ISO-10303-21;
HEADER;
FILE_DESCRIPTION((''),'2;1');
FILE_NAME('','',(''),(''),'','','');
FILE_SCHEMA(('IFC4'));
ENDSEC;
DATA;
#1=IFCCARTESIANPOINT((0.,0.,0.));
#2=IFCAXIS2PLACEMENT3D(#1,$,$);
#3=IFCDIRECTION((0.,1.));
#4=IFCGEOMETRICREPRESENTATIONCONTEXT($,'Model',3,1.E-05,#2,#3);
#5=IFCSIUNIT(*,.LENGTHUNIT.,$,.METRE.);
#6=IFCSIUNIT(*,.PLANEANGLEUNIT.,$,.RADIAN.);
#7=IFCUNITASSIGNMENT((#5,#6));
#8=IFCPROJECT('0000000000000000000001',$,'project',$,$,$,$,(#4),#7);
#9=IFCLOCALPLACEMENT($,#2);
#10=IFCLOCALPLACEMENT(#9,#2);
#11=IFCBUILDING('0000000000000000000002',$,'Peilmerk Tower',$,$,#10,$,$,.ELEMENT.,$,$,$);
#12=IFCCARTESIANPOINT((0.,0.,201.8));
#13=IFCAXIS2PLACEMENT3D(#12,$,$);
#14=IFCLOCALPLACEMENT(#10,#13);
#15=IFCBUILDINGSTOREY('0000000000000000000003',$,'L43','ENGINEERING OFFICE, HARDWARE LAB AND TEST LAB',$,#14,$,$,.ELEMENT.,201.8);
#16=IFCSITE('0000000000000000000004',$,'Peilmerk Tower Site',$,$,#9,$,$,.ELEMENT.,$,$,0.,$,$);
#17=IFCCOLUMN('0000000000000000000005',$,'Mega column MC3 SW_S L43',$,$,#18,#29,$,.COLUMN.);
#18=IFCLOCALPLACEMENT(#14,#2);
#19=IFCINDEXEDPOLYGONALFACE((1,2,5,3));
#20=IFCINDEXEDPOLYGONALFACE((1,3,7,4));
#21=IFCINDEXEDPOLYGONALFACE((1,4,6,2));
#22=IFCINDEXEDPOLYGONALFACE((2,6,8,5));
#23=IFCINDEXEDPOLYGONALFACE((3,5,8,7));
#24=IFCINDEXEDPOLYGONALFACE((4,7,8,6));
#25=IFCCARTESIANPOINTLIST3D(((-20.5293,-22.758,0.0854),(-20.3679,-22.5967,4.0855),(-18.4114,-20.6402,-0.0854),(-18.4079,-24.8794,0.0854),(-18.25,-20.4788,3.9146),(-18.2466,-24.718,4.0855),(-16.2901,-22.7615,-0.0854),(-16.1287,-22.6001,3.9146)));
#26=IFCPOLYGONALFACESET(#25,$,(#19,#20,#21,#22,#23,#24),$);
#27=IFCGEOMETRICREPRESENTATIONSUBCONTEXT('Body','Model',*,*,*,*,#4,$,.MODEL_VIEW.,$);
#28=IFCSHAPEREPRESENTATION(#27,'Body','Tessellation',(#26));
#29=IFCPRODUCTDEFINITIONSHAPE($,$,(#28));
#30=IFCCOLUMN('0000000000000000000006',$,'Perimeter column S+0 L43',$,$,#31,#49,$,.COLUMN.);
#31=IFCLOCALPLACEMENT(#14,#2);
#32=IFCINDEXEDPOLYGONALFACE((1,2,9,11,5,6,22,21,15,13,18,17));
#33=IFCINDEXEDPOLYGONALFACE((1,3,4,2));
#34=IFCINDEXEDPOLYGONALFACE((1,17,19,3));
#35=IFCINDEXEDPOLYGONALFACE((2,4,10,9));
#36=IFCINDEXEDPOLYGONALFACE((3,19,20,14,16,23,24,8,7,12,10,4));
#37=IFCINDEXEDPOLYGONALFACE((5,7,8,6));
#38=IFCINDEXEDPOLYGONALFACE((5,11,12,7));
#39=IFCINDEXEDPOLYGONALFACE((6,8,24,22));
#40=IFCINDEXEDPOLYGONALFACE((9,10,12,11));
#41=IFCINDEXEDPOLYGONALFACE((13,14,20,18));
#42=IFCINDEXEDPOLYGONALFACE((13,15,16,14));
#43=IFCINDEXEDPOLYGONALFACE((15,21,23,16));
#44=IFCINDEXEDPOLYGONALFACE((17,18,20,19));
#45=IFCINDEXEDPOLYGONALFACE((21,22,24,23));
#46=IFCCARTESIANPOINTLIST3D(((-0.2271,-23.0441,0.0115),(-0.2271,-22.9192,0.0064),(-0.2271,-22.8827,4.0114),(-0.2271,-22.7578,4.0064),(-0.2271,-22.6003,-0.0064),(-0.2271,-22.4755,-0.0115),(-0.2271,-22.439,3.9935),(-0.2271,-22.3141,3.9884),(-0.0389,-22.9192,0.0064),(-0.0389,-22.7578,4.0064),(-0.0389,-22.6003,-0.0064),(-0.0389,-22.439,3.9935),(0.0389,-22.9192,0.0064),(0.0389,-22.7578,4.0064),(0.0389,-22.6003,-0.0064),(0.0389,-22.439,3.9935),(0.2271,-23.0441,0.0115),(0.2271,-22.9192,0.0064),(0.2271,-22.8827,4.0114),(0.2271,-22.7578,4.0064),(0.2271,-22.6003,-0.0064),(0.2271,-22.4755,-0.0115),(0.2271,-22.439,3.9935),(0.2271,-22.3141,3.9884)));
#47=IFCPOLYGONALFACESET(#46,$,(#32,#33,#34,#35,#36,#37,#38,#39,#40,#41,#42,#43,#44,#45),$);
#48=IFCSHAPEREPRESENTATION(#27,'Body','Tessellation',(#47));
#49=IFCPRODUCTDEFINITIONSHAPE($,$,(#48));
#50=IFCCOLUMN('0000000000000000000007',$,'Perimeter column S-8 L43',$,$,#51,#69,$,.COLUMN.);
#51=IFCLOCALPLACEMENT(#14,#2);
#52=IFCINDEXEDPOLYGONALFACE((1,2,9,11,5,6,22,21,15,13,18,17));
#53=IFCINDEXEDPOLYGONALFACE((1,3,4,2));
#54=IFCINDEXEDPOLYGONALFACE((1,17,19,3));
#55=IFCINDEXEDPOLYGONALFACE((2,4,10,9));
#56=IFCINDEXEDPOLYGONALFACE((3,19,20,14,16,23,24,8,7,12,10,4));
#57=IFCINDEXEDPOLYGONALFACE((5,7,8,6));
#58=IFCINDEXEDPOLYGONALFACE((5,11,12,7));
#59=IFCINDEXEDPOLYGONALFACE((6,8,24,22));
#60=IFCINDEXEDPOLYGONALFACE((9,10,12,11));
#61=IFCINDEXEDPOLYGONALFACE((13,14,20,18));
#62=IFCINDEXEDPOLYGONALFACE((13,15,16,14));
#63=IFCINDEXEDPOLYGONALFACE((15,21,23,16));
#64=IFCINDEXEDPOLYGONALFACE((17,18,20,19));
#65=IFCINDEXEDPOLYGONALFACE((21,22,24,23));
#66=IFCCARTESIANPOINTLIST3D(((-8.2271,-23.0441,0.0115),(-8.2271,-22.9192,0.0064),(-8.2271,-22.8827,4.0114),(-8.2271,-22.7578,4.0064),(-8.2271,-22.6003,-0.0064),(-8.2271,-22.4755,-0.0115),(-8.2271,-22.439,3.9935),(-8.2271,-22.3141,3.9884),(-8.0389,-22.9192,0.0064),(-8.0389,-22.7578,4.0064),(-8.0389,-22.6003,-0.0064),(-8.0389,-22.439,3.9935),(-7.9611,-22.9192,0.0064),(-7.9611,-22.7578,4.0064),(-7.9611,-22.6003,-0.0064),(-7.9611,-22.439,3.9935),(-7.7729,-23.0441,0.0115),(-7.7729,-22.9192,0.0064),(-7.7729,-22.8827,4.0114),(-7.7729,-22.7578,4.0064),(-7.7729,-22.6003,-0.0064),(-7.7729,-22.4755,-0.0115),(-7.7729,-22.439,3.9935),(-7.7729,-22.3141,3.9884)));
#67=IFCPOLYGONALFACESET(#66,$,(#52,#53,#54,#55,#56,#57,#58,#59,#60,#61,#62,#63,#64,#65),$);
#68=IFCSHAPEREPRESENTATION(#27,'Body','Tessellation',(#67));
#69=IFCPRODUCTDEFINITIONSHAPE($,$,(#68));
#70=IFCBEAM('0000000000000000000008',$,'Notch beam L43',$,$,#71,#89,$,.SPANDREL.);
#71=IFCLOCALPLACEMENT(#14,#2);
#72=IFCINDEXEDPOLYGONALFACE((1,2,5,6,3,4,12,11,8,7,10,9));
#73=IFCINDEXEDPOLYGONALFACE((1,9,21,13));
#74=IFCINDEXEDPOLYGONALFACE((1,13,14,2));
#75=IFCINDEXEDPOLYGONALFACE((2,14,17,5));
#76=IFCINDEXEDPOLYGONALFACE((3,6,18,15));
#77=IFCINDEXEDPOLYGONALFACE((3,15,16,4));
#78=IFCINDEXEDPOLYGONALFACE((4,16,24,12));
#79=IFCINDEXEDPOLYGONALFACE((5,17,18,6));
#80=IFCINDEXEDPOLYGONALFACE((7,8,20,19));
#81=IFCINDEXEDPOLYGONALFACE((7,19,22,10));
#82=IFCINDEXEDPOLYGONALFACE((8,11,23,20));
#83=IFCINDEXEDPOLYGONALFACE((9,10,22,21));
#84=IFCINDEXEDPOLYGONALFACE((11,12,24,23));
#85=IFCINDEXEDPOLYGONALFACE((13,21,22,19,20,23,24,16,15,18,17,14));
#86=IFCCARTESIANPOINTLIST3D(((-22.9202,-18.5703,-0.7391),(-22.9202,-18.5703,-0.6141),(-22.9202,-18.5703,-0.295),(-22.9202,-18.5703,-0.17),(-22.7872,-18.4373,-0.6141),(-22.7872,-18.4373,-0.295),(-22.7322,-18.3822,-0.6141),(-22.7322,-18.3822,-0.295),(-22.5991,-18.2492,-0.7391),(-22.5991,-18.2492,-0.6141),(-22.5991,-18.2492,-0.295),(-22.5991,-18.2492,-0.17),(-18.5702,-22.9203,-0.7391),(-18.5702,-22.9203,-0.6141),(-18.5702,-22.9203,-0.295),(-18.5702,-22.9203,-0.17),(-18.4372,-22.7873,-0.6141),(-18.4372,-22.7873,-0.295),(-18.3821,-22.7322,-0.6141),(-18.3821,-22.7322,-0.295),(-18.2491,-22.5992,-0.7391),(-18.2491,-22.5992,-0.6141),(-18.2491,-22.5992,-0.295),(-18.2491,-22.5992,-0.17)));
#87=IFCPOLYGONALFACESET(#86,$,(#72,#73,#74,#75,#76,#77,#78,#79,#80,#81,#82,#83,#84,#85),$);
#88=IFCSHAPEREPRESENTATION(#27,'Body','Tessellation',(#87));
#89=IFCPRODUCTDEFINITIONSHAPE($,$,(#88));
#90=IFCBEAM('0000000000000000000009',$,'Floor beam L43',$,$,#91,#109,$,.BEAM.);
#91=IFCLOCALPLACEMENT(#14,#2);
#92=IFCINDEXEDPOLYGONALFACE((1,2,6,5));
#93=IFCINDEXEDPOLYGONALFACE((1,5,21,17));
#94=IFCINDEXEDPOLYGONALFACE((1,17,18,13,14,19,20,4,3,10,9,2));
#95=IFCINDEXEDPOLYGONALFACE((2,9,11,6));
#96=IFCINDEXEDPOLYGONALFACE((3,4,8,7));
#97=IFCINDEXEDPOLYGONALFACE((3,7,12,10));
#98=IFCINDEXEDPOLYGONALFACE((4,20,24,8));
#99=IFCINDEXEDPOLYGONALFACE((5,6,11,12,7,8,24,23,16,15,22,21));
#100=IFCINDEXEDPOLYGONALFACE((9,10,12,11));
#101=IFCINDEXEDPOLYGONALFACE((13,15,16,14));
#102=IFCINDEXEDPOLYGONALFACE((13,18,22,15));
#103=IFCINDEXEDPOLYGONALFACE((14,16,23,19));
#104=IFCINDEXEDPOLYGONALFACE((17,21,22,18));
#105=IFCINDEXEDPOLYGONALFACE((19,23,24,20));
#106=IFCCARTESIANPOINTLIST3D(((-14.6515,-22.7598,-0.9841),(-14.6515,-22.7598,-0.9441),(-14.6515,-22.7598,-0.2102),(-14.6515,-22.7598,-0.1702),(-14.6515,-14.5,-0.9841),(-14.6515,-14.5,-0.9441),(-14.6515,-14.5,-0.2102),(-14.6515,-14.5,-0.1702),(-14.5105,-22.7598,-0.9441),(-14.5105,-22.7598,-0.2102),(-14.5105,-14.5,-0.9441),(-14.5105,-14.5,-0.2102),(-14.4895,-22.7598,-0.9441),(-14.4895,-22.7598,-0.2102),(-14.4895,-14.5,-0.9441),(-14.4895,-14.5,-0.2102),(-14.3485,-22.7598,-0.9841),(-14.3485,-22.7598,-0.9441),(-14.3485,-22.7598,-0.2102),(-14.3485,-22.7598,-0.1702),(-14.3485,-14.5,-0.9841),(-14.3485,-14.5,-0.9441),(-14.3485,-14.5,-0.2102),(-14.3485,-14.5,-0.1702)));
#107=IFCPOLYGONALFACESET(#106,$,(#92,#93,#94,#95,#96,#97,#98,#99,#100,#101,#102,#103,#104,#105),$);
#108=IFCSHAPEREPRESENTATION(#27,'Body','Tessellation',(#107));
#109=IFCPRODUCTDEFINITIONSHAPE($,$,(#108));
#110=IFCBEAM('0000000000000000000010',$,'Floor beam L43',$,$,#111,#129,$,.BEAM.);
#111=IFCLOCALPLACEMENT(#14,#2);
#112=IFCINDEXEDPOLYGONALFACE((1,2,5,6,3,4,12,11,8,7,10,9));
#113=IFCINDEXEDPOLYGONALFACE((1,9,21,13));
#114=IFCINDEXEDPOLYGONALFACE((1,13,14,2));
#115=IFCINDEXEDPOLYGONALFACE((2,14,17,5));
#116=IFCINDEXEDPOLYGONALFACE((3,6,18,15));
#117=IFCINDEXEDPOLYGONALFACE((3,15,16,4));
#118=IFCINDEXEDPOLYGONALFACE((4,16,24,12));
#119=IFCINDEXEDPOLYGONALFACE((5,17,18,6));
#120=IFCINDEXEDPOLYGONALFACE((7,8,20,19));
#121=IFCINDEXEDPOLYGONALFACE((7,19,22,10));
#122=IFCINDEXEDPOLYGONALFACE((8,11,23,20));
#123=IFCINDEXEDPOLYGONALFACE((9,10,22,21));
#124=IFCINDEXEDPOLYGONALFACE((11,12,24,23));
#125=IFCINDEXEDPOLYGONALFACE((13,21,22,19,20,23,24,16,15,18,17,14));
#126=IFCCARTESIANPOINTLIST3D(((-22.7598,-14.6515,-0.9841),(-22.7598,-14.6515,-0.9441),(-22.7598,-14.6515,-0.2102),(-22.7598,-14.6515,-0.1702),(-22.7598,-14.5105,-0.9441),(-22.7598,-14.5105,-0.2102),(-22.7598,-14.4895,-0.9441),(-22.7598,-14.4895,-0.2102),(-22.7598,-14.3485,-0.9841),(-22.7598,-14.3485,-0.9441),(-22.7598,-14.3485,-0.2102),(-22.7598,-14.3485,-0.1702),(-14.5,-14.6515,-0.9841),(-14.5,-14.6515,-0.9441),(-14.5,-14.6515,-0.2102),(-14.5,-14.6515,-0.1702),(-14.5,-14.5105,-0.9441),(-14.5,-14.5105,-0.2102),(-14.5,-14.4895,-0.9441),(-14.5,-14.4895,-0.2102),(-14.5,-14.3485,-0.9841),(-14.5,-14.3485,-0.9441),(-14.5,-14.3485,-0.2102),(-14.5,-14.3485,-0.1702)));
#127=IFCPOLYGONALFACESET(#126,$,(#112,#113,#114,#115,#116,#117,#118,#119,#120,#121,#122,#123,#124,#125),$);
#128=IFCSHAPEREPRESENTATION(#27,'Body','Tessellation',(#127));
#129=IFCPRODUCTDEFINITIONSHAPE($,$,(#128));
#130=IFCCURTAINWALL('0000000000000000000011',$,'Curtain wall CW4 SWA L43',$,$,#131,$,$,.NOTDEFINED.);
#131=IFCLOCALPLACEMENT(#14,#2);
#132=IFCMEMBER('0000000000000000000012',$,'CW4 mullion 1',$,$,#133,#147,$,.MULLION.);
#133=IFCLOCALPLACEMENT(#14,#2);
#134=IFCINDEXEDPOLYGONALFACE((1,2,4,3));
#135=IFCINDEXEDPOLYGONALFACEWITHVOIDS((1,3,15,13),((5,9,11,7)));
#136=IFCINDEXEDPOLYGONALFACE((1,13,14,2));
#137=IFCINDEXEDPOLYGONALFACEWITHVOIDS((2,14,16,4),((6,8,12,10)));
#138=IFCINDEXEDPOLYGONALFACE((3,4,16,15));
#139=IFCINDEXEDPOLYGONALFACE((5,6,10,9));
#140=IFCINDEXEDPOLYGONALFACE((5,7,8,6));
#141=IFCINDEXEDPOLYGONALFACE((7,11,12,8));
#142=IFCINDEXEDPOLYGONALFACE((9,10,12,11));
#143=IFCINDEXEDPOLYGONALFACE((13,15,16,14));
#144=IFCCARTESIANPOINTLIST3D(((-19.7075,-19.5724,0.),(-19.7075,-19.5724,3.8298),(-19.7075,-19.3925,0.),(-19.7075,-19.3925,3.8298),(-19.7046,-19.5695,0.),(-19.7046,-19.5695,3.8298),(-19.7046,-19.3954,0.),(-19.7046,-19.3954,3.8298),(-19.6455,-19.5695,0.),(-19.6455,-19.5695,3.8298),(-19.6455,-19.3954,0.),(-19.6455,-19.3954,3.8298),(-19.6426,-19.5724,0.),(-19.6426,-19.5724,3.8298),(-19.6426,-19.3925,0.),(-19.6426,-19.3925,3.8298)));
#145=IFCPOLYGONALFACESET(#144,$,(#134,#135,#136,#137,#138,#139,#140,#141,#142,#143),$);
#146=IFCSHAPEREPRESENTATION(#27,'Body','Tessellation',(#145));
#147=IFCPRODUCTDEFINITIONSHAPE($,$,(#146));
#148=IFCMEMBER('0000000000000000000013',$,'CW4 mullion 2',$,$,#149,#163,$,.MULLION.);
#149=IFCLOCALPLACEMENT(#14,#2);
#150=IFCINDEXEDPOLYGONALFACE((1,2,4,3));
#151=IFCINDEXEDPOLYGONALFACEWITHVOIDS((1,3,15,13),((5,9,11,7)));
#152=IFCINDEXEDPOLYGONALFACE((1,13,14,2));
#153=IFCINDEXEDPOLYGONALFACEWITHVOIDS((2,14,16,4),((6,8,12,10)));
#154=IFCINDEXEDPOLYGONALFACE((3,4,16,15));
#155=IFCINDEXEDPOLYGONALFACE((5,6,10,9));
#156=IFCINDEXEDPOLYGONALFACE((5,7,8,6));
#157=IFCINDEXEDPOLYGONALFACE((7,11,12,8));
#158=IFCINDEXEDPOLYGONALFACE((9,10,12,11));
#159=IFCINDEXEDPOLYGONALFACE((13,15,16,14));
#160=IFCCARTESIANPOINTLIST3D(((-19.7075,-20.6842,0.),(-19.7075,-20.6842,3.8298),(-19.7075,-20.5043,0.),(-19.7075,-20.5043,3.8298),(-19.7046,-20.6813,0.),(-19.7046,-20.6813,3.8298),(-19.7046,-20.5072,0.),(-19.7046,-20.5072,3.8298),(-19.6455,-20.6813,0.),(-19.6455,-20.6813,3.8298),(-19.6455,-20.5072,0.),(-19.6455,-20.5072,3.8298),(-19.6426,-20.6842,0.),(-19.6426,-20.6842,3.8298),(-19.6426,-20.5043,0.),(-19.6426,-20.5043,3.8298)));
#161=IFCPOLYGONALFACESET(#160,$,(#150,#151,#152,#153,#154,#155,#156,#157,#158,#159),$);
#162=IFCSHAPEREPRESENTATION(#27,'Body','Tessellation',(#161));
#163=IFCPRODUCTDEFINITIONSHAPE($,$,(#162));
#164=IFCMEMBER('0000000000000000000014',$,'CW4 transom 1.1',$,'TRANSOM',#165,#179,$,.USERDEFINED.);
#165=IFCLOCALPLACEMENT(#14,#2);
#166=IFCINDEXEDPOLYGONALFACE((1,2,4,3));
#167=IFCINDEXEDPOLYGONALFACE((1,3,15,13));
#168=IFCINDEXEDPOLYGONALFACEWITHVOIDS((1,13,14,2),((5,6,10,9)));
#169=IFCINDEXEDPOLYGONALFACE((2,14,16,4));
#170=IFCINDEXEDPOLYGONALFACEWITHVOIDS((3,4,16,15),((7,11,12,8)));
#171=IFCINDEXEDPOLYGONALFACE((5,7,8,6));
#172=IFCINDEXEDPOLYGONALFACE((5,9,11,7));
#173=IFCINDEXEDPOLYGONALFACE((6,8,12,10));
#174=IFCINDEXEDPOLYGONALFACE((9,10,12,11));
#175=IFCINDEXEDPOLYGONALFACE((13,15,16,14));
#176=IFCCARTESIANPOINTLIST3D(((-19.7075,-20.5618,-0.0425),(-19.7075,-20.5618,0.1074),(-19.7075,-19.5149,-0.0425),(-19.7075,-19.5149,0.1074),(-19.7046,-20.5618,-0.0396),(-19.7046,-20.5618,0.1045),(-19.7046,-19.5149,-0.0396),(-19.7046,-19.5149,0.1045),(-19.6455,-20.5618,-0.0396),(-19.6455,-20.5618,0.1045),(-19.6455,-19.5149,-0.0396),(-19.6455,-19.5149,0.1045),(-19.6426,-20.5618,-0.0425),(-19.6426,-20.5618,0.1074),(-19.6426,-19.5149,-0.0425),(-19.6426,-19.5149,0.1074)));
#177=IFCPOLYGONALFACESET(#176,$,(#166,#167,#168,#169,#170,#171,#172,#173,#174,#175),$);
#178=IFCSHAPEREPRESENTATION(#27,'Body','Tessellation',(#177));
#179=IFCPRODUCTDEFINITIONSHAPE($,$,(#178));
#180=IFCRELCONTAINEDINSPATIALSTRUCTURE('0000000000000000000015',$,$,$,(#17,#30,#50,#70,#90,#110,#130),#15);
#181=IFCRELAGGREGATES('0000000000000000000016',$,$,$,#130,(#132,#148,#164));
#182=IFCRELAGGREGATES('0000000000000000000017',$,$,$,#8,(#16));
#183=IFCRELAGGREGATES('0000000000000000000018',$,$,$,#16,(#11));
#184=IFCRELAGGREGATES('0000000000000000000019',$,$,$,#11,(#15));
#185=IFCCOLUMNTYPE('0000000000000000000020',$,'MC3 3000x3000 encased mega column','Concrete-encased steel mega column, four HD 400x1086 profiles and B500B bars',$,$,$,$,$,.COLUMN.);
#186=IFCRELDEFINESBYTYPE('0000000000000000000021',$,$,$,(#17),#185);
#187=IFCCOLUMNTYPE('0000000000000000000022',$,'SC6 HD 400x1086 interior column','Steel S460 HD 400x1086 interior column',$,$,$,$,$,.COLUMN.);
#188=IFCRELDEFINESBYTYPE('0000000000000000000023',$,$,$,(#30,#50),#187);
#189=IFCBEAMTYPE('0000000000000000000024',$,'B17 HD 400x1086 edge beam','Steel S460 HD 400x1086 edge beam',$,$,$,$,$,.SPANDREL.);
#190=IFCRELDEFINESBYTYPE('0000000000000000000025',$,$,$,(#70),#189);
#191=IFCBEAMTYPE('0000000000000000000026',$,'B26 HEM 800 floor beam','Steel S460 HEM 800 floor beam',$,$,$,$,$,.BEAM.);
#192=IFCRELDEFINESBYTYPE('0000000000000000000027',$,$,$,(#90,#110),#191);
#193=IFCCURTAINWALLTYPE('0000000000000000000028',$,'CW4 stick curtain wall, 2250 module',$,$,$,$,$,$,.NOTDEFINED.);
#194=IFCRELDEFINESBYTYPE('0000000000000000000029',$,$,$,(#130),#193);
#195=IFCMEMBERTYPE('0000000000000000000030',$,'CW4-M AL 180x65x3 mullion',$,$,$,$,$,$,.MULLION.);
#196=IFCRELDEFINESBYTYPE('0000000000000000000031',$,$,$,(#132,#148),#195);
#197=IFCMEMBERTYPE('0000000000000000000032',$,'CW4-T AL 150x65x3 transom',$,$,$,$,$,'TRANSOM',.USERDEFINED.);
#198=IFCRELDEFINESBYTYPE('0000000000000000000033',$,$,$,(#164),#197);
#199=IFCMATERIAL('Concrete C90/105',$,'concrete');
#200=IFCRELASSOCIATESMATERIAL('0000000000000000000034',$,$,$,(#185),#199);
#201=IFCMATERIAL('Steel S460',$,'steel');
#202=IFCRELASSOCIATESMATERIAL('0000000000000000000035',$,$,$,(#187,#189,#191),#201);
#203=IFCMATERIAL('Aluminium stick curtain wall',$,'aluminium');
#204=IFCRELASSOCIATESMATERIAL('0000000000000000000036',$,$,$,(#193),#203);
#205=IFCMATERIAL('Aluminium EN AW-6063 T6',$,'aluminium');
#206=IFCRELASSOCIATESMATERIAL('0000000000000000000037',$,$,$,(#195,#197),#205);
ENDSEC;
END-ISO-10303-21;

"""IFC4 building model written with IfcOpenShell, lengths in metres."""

from ifc_helpers import new_model, si_unit, direction, frame, origin, origin_2d, place, context, subcontext, project, spatial, rectangle, hollow_rectangle, i_section, extrude, material, material_profile, profile_set, type_object, element, aggregate, save


model = new_model("IFC4")

# Units and contexts
model_context = context("Model", 3, precision=1e-05, world=origin(), true_north=direction((0.0, 1.0)))
body_context = subcontext(model_context, "Body", "Model", "MODEL_VIEW")
ifc_project = project(units=[si_unit("LENGTHUNIT", "METRE"), si_unit("PLANEANGLEUNIT", "RADIAN")], contexts=[model_context])

# Site, building, storey
site_placement = place(None, origin())
site = spatial("IfcSite", under=ifc_project, at=site_placement, Name="Peilmerk Tower Site", CompositionType="ELEMENT", RefElevation=0.0)
building_placement = place(site_placement, origin())
building = spatial("IfcBuilding", under=site, at=building_placement, Name="Peilmerk Tower", CompositionType="ELEMENT")
storey_placement = place(building_placement, frame((0.0, 0.0, 201.8)))
storey = spatial("IfcBuildingStorey", under=building, at=storey_placement, Name="L43", Description="ENGINEERING OFFICE, HARDWARE LAB AND TEST LAB", CompositionType="ELEMENT", Elevation=201.8)

# Columns
ifc_material_1 = material(Name="Concrete C90/105", Category="concrete")
ifc_material_profile_1 = material_profile(ifc_material_1, rectangle(XDim=3.0, YDim=3.0, at=origin_2d()), Name="RC 3000x3000")
ifc_profile_set_1 = profile_set([ifc_material_profile_1], Name="Concrete C90/105")
column_type_1 = type_object("IfcColumnType", Name="MC3 3000x3000 encased mega column", Description="Concrete-encased steel mega column, four HD 400x1086 profiles and B500B bars", PredefinedType="COLUMN", material=ifc_profile_set_1)
column_placement = place(storey_placement, frame((-18.4097, -22.7598, 0.0), z_axis=(0.040279, 0.040279, 0.998376), x_axis=(-0.707107, 0.707107, 0.0)))
element("IfcColumn", 1, at=column_placement, inside=storey, type_object=column_type_1, Name="Mega column MC3 SW_S L43", PredefinedType="COLUMN", context=body_context, shape_type="SweptSolid", body=[
    extrude(rectangle(XDim=3.0, YDim=3.0, at=origin_2d()), origin(), (0.0, 0.0, 1.0), 4.0066),
])
ifc_material_2 = material(Name="Steel S460", Category="steel")
ifc_material_profile_2 = material_profile(ifc_material_2, i_section(OverallWidth=0.4541, OverallDepth=0.5691, WebThickness=0.0779, FlangeThickness=0.125, at=origin_2d()), Name="HD 400x1086")
ifc_profile_set_2 = profile_set([ifc_material_profile_2], Name="Steel S460")
column_type_2 = type_object("IfcColumnType", Name="SC6 HD 400x1086 interior column", Description="Steel S460 HD 400x1086 interior column", PredefinedType="COLUMN", material=ifc_profile_set_2)
for number, where, z_axis, x_axis, name in (
    (2, (0.0, -22.7598, 0.0), (0.0, 0.040311, 0.999187), (-1.0, 0.0, 0.0), "Perimeter column S+0 L43"),
    (3, (-8.0, -22.7598, 0.0), (0.0, 0.040311, 0.999187), (-1.0, 0.0, 0.0), "Perimeter column S-8 L43"),
):
    element("IfcColumn", number, at=place(storey_placement, frame(where, z_axis=z_axis, x_axis=x_axis)), inside=storey, type_object=column_type_2, Name=name, PredefinedType="COLUMN", context=body_context, shape_type="SweptSolid", body=[
        extrude(i_section(OverallWidth=0.4541, OverallDepth=0.5691, WebThickness=0.0779, FlangeThickness=0.125, at=origin_2d()), origin(), (0.0, 0.0, 1.0), 4.0032),
    ])

# Beams
ifc_material_profile_3 = material_profile(ifc_material_2, i_section(OverallWidth=0.4541, OverallDepth=0.5691, WebThickness=0.0779, FlangeThickness=0.125, at=origin_2d()), Name="HD 400x1086")
ifc_profile_set_3 = profile_set([ifc_material_profile_3], Name="Steel S460")
beam_type_1 = type_object("IfcBeamType", Name="B17 HD 400x1086 edge beam", Description="Steel S460 HD 400x1086 edge beam", PredefinedType="SPANDREL", material=ifc_profile_set_3)
beam_placement = place(storey_placement, frame((-18.4097, -22.7598, -0.4546), z_axis=(-0.707107, 0.707107, 0.0), x_axis=(-0.707107, -0.707107, 0.0)))
element("IfcBeam", 4, at=beam_placement, inside=storey, type_object=beam_type_1, Name="Notch beam L43", PredefinedType="SPANDREL", context=body_context, shape_type="SweptSolid", body=[
    extrude(i_section(OverallWidth=0.4541, OverallDepth=0.5691, WebThickness=0.0779, FlangeThickness=0.125, at=origin_2d()), origin(), (0.0, 0.0, 1.0), 6.1519),
])
ifc_material_profile_4 = material_profile(ifc_material_2, i_section(OverallWidth=0.303, OverallDepth=0.814, WebThickness=0.021, FlangeThickness=0.04, at=origin_2d()), Name="HEM 800")
ifc_profile_set_4 = profile_set([ifc_material_profile_4], Name="Steel S460")
beam_type_2 = type_object("IfcBeamType", Name="B26 HEM 800 floor beam", Description="Steel S460 HEM 800 floor beam", PredefinedType="BEAM", material=ifc_profile_set_4)
for number, where, z_axis, x_axis, name in (
    (5, (-14.5, -14.5, -0.5771), (0.0, -1.0, 0.0), (1.0, 0.0, 0.0), "Floor beam L43"),
    (6, (-14.5, -14.5, -0.5771), (-1.0, 0.0, 0.0), (0.0, -1.0, 0.0), "Floor beam L43"),
):
    element("IfcBeam", number, at=place(storey_placement, frame(where, z_axis=z_axis, x_axis=x_axis)), inside=storey, type_object=beam_type_2, Name=name, PredefinedType="BEAM", context=body_context, shape_type="SweptSolid", body=[
        extrude(i_section(OverallWidth=0.303, OverallDepth=0.814, WebThickness=0.021, FlangeThickness=0.04, at=origin_2d()), origin(), (0.0, 0.0, 1.0), 8.2598),
    ])

# Curtain wall, members
ifc_material_3 = material(Name="Aluminium stick curtain wall", Category="aluminium")
curtain_wall_type = type_object("IfcCurtainWallType", Name="CW4 stick curtain wall, 2250 module", PredefinedType="NOTDEFINED", material=ifc_material_3)
curtain_wall_placement = place(storey_placement, origin())
curtain_wall = element("IfcCurtainWall", 7, at=curtain_wall_placement, inside=storey, type_object=curtain_wall_type, Name="Curtain wall CW4 SWA L43", PredefinedType="NOTDEFINED")
ifc_material_4 = material(Name="Aluminium EN AW-6063 T6", Category="aluminium")
ifc_material_profile_5 = material_profile(ifc_material_4, hollow_rectangle(XDim=0.0649, YDim=0.1799, WallThickness=0.0029, at=origin_2d()), Name="AL 180x65x3")
ifc_profile_set_5 = profile_set([ifc_material_profile_5], Name="Aluminium EN AW-6063 T6")
member_type_1 = type_object("IfcMemberType", Name="CW4-M AL 180x65x3 mullion", PredefinedType="MULLION", material=ifc_profile_set_5)
member_1_placement = place(storey_placement, frame((-19.675, -19.4824, 0.0), z_axis=(0.0, 0.0, 1.0), x_axis=(1.0, 0.0, 0.0)))
member_1 = element("IfcMember", 8, at=member_1_placement, type_object=member_type_1, Name="CW4 mullion 1", PredefinedType="MULLION", context=body_context, shape_type="SweptSolid", body=[
    extrude(hollow_rectangle(XDim=0.0649, YDim=0.1799, WallThickness=0.0029, at=origin_2d()), origin(), (0.0, 0.0, 1.0), 3.8298),
])
member_2_placement = place(storey_placement, frame((-19.675, -20.5942, 0.0), z_axis=(0.0, 0.0, 1.0), x_axis=(1.0, 0.0, 0.0)))
member_2 = element("IfcMember", 9, at=member_2_placement, type_object=member_type_1, Name="CW4 mullion 2", PredefinedType="MULLION", context=body_context, shape_type="SweptSolid", body=[
    extrude(hollow_rectangle(XDim=0.0649, YDim=0.1799, WallThickness=0.0029, at=origin_2d()), origin(), (0.0, 0.0, 1.0), 3.8298),
])
ifc_material_profile_6 = material_profile(ifc_material_4, hollow_rectangle(XDim=0.0649, YDim=0.1499, WallThickness=0.0029, at=origin_2d()), Name="AL 150x65x3")
ifc_profile_set_6 = profile_set([ifc_material_profile_6], Name="Aluminium EN AW-6063 T6")
member_type_2 = type_object("IfcMemberType", Name="CW4-T AL 150x65x3 transom", ElementType="TRANSOM", PredefinedType="USERDEFINED", material=ifc_profile_set_6)
member_3_placement = place(storey_placement, frame((-19.675, -19.5149, 0.0325), z_axis=(0.0, -1.0, 0.0), x_axis=(1.0, 0.0, 0.0)))
member_3 = element("IfcMember", 10, at=member_3_placement, type_object=member_type_2, Name="CW4 transom 1.1", ObjectType="TRANSOM", PredefinedType="USERDEFINED", context=body_context, shape_type="SweptSolid", body=[
    extrude(hollow_rectangle(XDim=0.0649, YDim=0.1499, WallThickness=0.0029, at=origin_2d()), origin(), (0.0, 0.0, 1.0), 1.0469),
])

aggregate(curtain_wall, [member_1, member_2, member_3])

save(model, "model.ifc")
